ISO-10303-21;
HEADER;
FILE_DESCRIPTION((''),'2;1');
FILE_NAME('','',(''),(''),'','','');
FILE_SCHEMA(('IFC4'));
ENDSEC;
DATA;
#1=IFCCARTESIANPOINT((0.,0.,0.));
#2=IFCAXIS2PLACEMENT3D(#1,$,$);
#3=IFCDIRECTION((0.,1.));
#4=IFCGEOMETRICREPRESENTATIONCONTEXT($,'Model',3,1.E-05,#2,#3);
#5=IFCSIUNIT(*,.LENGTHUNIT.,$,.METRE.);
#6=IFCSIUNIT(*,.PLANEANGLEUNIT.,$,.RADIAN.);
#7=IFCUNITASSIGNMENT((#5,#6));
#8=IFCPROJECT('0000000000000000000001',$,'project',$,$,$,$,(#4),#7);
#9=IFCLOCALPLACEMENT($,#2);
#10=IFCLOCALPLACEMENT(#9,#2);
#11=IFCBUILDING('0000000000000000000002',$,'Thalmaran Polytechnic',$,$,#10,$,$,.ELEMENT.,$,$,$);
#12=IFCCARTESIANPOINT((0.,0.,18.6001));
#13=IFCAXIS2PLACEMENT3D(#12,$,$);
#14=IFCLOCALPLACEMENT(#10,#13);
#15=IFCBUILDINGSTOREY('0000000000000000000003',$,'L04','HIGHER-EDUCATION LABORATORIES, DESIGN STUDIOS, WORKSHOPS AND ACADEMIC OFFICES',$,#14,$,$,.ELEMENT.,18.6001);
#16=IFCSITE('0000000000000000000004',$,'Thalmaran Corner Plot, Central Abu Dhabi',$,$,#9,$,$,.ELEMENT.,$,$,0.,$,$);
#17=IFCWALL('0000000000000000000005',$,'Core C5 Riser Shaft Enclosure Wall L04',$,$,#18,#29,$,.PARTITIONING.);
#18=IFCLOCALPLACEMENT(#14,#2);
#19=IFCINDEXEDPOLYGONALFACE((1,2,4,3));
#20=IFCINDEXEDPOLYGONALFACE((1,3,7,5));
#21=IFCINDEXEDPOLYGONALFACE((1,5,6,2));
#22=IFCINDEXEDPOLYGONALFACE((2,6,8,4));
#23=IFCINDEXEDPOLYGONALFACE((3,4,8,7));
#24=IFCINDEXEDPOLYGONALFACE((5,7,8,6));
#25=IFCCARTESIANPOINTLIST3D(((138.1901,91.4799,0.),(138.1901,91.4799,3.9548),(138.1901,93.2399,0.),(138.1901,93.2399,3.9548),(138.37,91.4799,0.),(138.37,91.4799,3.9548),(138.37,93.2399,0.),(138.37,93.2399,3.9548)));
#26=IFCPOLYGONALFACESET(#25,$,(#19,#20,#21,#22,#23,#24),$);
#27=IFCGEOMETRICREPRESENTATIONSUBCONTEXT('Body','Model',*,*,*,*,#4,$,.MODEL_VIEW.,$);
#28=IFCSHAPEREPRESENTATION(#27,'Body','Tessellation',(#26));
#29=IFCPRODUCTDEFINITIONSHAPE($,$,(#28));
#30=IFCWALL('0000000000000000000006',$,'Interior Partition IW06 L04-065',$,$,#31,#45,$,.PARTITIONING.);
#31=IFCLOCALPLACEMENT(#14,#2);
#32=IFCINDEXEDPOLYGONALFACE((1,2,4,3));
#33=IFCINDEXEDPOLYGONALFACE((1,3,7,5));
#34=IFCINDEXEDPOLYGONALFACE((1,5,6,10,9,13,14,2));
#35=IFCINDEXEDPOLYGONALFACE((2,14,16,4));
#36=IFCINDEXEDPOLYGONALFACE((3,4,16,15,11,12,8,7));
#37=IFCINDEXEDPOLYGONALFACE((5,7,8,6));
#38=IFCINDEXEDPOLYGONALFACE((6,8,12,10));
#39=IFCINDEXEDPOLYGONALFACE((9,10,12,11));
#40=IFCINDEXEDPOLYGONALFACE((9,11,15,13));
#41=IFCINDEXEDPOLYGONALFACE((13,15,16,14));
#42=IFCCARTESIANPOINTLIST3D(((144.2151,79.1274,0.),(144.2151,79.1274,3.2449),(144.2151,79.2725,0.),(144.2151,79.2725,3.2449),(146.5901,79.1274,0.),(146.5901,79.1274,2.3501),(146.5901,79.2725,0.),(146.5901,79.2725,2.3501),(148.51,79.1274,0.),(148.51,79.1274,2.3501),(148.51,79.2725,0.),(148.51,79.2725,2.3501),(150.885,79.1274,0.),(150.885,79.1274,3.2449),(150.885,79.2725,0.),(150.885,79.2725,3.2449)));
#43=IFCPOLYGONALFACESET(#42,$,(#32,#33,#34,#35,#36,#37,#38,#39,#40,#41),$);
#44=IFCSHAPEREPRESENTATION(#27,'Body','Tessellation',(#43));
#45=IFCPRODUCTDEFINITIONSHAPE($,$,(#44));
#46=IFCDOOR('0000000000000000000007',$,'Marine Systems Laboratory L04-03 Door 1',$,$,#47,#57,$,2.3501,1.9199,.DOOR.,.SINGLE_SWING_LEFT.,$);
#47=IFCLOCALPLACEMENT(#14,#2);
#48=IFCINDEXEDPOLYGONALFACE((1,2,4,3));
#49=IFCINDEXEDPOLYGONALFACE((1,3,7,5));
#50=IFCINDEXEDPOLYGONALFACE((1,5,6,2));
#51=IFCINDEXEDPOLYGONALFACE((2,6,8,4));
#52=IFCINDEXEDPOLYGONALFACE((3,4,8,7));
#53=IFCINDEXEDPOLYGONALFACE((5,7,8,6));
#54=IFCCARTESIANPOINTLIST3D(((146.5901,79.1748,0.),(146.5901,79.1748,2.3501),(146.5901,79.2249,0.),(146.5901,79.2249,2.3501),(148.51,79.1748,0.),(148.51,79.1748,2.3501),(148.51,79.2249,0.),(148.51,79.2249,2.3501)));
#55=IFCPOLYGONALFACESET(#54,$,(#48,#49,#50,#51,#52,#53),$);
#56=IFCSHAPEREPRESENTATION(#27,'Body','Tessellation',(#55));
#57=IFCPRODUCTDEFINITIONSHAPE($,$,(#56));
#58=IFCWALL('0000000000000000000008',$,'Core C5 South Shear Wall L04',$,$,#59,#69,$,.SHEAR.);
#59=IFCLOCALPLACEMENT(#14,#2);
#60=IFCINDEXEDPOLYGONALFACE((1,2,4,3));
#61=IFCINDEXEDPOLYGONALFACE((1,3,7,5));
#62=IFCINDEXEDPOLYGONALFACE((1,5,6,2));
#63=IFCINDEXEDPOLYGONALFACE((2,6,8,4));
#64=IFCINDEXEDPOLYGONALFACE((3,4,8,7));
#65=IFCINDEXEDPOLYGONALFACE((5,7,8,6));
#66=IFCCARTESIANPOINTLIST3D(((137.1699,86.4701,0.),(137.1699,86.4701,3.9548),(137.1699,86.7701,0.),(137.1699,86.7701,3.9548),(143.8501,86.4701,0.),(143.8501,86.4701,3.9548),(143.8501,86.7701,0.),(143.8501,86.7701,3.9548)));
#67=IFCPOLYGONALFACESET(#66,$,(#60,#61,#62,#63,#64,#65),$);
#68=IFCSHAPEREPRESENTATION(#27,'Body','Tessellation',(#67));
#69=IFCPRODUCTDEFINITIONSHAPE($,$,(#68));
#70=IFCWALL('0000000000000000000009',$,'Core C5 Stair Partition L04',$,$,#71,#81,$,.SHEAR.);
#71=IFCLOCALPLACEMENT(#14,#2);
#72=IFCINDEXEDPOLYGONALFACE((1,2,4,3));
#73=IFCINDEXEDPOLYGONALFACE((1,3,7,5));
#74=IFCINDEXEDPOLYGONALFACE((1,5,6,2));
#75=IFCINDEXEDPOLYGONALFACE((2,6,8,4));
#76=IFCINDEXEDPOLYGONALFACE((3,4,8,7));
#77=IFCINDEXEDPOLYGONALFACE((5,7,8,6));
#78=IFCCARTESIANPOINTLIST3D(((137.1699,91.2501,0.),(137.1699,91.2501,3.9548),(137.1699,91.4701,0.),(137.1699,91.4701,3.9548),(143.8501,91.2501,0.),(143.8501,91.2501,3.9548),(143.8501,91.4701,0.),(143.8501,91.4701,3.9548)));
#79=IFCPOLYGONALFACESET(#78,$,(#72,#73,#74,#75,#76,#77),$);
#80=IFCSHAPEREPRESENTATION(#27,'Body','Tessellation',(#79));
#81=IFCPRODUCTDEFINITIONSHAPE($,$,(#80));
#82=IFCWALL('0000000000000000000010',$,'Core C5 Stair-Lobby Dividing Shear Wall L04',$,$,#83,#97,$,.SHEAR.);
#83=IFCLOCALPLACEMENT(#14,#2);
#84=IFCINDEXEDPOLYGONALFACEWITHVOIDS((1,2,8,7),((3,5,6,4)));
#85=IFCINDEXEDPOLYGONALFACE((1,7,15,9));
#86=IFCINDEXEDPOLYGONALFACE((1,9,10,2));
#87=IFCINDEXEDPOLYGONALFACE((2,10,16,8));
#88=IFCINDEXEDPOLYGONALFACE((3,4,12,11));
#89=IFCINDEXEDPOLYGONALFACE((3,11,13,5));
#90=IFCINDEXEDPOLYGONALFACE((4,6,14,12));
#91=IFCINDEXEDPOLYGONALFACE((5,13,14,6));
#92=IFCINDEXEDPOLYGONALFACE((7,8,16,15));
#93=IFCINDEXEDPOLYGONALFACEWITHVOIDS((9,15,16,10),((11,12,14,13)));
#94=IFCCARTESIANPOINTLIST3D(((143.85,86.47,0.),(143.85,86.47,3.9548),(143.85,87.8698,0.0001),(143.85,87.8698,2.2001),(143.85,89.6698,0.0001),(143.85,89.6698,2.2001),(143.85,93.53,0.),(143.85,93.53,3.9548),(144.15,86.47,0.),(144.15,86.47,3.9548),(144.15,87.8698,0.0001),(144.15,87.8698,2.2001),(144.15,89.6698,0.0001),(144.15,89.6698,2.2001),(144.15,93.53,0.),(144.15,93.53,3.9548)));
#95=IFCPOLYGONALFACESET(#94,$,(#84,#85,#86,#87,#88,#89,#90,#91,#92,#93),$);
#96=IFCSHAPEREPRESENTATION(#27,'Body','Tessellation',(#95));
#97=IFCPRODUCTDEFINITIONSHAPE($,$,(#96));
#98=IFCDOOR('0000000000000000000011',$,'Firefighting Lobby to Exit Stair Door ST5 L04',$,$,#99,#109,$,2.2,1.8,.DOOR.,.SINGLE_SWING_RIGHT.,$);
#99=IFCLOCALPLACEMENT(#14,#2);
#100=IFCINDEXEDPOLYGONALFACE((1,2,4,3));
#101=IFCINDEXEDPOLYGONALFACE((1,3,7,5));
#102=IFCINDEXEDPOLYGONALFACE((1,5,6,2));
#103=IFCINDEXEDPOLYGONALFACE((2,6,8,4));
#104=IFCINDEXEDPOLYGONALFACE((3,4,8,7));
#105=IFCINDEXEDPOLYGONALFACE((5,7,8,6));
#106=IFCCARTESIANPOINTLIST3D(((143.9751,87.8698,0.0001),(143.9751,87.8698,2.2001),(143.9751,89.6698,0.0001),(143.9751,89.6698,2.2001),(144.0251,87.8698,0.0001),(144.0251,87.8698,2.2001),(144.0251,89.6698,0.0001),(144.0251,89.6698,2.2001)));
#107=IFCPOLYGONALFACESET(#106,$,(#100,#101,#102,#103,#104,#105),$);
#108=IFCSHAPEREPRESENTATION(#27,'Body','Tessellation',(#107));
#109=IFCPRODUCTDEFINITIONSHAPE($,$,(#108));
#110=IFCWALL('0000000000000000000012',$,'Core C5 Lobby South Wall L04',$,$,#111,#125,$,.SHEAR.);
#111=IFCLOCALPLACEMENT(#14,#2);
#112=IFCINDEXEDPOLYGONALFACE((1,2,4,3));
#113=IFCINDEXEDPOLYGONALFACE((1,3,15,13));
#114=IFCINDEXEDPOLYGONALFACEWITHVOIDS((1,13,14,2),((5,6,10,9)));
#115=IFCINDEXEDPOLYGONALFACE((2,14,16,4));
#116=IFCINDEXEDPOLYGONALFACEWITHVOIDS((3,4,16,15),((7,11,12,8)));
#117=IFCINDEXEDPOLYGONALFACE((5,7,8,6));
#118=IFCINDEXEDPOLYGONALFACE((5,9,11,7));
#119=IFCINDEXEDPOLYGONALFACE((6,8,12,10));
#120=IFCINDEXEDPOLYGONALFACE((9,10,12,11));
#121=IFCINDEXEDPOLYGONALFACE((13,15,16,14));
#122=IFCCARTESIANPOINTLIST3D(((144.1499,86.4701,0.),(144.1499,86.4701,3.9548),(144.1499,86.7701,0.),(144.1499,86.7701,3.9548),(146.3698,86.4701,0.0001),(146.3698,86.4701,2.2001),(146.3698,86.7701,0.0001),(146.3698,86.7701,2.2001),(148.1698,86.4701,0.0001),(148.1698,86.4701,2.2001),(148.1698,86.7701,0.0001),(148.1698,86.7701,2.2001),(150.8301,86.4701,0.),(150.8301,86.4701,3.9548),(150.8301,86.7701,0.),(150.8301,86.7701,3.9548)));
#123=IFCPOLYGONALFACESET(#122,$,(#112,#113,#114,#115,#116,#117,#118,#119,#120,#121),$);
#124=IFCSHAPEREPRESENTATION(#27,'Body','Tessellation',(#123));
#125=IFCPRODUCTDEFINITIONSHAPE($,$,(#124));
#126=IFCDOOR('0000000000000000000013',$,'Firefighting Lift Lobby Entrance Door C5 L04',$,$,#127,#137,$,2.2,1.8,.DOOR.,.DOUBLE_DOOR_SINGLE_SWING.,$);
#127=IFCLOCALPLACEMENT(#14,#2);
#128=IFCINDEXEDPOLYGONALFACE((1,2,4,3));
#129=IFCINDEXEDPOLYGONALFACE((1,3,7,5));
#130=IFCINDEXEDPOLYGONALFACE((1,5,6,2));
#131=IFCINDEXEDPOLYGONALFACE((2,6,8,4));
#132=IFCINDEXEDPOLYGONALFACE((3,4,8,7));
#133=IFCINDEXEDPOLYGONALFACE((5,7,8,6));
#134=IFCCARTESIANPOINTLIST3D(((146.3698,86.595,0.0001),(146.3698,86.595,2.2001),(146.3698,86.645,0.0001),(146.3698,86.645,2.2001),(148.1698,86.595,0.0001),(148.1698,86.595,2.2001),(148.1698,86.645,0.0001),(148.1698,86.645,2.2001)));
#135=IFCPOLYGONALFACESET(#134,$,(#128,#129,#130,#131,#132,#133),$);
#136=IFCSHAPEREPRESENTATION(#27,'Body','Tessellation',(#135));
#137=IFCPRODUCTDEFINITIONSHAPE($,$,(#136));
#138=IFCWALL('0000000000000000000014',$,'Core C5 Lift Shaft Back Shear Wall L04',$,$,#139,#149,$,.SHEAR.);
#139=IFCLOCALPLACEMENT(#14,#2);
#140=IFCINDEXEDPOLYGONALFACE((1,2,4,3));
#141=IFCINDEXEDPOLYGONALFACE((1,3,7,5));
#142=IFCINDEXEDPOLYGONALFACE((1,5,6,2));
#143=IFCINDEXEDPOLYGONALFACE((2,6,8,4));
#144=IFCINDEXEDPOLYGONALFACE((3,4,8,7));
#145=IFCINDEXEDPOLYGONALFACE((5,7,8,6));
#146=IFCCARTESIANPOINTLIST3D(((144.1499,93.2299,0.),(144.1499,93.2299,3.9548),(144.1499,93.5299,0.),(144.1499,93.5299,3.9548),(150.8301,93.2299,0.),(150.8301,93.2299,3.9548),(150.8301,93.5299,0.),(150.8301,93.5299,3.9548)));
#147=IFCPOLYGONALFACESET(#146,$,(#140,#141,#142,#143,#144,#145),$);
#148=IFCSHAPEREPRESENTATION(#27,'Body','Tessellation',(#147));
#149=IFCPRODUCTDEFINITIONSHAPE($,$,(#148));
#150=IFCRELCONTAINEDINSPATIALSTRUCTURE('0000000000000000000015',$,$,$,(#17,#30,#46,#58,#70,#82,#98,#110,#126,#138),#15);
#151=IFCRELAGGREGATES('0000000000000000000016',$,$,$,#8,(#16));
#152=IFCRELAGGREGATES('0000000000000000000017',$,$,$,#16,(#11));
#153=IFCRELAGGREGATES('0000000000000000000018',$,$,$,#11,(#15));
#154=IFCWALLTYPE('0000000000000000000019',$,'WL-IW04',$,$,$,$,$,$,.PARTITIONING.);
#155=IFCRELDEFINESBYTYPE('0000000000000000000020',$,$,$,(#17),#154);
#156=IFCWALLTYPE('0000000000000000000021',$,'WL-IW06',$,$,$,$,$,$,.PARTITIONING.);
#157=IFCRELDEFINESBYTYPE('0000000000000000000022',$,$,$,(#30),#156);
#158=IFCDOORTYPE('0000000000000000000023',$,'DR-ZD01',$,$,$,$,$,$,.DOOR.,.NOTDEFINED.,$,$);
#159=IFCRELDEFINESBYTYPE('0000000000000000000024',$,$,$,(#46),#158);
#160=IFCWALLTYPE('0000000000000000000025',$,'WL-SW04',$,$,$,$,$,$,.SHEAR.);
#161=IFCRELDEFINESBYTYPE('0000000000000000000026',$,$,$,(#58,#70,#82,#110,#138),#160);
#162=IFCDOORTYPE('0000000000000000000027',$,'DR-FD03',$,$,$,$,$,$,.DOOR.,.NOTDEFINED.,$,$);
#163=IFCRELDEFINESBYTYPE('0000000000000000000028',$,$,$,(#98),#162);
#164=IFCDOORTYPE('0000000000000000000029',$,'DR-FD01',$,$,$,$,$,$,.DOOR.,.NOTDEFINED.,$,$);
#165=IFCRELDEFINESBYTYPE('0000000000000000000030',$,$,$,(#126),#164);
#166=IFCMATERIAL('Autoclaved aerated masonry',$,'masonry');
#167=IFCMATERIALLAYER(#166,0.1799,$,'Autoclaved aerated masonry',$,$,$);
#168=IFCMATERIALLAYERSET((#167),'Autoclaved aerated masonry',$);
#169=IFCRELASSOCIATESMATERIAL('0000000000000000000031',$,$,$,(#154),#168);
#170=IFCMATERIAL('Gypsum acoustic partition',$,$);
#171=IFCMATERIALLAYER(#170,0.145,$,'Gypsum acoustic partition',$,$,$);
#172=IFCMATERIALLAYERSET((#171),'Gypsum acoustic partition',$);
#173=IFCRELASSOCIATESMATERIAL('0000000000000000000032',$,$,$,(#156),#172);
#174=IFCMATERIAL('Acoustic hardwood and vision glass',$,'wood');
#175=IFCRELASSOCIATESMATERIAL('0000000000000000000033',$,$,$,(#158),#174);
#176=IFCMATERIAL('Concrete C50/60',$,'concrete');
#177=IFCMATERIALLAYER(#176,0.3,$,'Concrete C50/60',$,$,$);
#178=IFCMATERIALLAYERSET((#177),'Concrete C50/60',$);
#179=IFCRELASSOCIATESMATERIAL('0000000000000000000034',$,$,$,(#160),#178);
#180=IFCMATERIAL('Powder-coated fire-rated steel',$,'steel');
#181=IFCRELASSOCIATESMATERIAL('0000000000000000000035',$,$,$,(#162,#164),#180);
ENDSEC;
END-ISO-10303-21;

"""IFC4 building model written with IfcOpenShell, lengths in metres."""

from ifc_helpers import new_model, si_unit, direction, frame, frame_2d, origin, place, context, subcontext, project, spatial, rectangle, extrude, material, layer, layer_set, type_object, element, fill, save


model = new_model("IFC4")

# Units and contexts
model_context = context("Model", 3, precision=1e-05, world=origin(), true_north=direction((0.0, 1.0)))
body_context = subcontext(model_context, "Body", "Model", "MODEL_VIEW")
ifc_project = project(units=[si_unit("LENGTHUNIT", "METRE"), si_unit("PLANEANGLEUNIT", "RADIAN")], contexts=[model_context])

# Site, building, storey
site_placement = place(None, origin())
site = spatial("IfcSite", under=ifc_project, at=site_placement, Name="Thalmaran Corner Plot, Central Abu Dhabi", CompositionType="ELEMENT", RefElevation=0.0)
building_placement = place(site_placement, origin())
building = spatial("IfcBuilding", under=site, at=building_placement, Name="Thalmaran Polytechnic", CompositionType="ELEMENT")
storey_placement = place(building_placement, frame((0.0, 0.0, 18.6001)))
storey = spatial("IfcBuildingStorey", under=building, at=storey_placement, Name="L04", Description="HIGHER-EDUCATION LABORATORIES, DESIGN STUDIOS, WORKSHOPS AND ACADEMIC OFFICES", CompositionType="ELEMENT", Elevation=18.6001)

# Wall
ifc_material_1 = material(Name="Autoclaved aerated masonry", Category="masonry")
ifc_layer_1 = layer(ifc_material_1, 0.1799, Name="Autoclaved aerated masonry")
ifc_layer_set_1 = layer_set([ifc_layer_1], Name="Autoclaved aerated masonry")
wall_type_1 = type_object("IfcWallType", Name="WL-IW04", PredefinedType="PARTITIONING", material=ifc_layer_set_1)
wall_1_placement = place(storey_placement, frame((138.28, 91.48, 0.0), z_axis=(0.0, 0.0, 1.0), x_axis=(0.0, 1.0, 0.0)))
element("IfcWall", 1, at=wall_1_placement, inside=storey, type_object=wall_type_1, Name="Core C5 Riser Shaft Enclosure Wall L04", PredefinedType="PARTITIONING", context=body_context, shape_type="SweptSolid", body=[
    extrude(rectangle(XDim=1.76, YDim=0.1799, at=frame_2d((0.8799, 0.0))), origin(), (0.0, 0.0, 1.0), 3.9548),
])

# Wall, opening, door
ifc_material_2 = material(Name="Gypsum acoustic partition")
ifc_layer_2 = layer(ifc_material_2, 0.145, Name="Gypsum acoustic partition")
ifc_layer_set_2 = layer_set([ifc_layer_2], Name="Gypsum acoustic partition")
wall_type_2 = type_object("IfcWallType", Name="WL-IW06", PredefinedType="PARTITIONING", material=ifc_layer_set_2)
wall_2_placement = place(storey_placement, frame((144.2151, 79.2, 0.0), z_axis=(0.0, 0.0, 1.0), x_axis=(1.0, 0.0, 0.0)))
wall_2 = element("IfcWall", 2, at=wall_2_placement, inside=storey, type_object=wall_type_2, Name="Interior Partition IW06 L04-065", PredefinedType="PARTITIONING", context=body_context, shape_type="SweptSolid", body=[
    extrude(rectangle(XDim=6.6699, YDim=0.145, at=frame_2d((3.335, 0.0))), origin(), (0.0, 0.0, 1.0), 3.2449),
])
opening_1_placement = place(wall_2_placement, frame((2.375, 0.0, 0.0)))
opening_1 = element("IfcOpeningElement", 3, at=opening_1_placement, cuts=wall_2, PredefinedType="OPENING", context=body_context, shape_type="SweptSolid", body=[
    extrude(rectangle(XDim=1.9199, YDim=2.3501, at=frame_2d((0.96, 1.175))), frame((0.0, 0.0825, 0.0), z_axis=(0.0, -1.0, 0.0), x_axis=(1.0, 0.0, 0.0)), (0.0, 0.0, 1.0), 0.165),
])
ifc_material_3 = material(Name="Acoustic hardwood and vision glass", Category="wood")
door_type_1 = type_object("IfcDoorType", Name="DR-ZD01", OperationType="NOTDEFINED", PredefinedType="DOOR", material=ifc_material_3)
door_1_placement = place(opening_1_placement, origin())
door_1 = element("IfcDoor", 4, at=door_1_placement, inside=storey, type_object=door_type_1, Name="Marine Systems Laboratory L04-03 Door 1", OperationType="SINGLE_SWING_LEFT", OverallHeight=2.3501, OverallWidth=1.9199, PredefinedType="DOOR", context=body_context, shape_type="SweptSolid", body=[
    extrude(rectangle(XDim=1.9199, YDim=2.3501, at=frame_2d((0.96, 1.175))), frame((0.0, 0.0249, 0.0), z_axis=(0.0, -1.0, 0.0), x_axis=(1.0, 0.0, 0.0)), (0.0, 0.0, 1.0), 0.05),
])
fill(opening_1, door_1)

# Wall
ifc_material_4 = material(Name="Concrete C50/60", Category="concrete")
ifc_layer_3 = layer(ifc_material_4, 0.3, Name="Concrete C50/60")
ifc_layer_set_3 = layer_set([ifc_layer_3], Name="Concrete C50/60")
wall_type_3 = type_object("IfcWallType", Name="WL-SW04", PredefinedType="SHEAR", material=ifc_layer_set_3)
wall_3_placement = place(storey_placement, frame((137.1699, 86.6201, 0.0), z_axis=(0.0, 0.0, 1.0), x_axis=(1.0, 0.0, 0.0)))
element("IfcWall", 5, at=wall_3_placement, inside=storey, type_object=wall_type_3, Name="Core C5 South Shear Wall L04", PredefinedType="SHEAR", context=body_context, shape_type="SweptSolid", body=[
    extrude(rectangle(XDim=6.6802, YDim=0.3, at=frame_2d((3.3401, 0.0))), origin(), (0.0, 0.0, 1.0), 3.9548),
])

# Shared definitions
ifc_material_5 = material(Name="Powder-coated fire-rated steel", Category="steel")

# Wall
wall_4_placement = place(storey_placement, frame((137.1699, 91.3601, 0.0), z_axis=(0.0, 0.0, 1.0), x_axis=(1.0, 0.0, 0.0)))
element("IfcWall", 6, at=wall_4_placement, inside=storey, type_object=wall_type_3, Name="Core C5 Stair Partition L04", PredefinedType="SHEAR", context=body_context, shape_type="SweptSolid", body=[
    extrude(rectangle(XDim=6.6802, YDim=0.22, at=frame_2d((3.3401, 0.0))), origin(), (0.0, 0.0, 1.0), 3.9548),
])

# Walls, openings, doors
wall_5_placement = place(storey_placement, frame((144.0, 86.47, 0.0), z_axis=(0.0, 0.0, 1.0), x_axis=(0.0, 1.0, 0.0)))
wall_5 = element("IfcWall", 7, at=wall_5_placement, inside=storey, type_object=wall_type_3, Name="Core C5 Stair-Lobby Dividing Shear Wall L04", PredefinedType="SHEAR", context=body_context, shape_type="SweptSolid", body=[
    extrude(rectangle(XDim=7.0601, YDim=0.3, at=frame_2d((3.53, 0.0))), origin(), (0.0, 0.0, 1.0), 3.9548),
])
opening_2_placement = place(wall_5_placement, frame((1.3999, 0.0, 0.0)))
opening_2 = element("IfcOpeningElement", 8, at=opening_2_placement, cuts=wall_5, PredefinedType="OPENING", context=body_context, shape_type="SweptSolid", body=[
    extrude(rectangle(XDim=1.8, YDim=2.2, at=frame_2d((0.8999, 1.1001))), frame((0.0, 0.1599, 0.0), z_axis=(0.0, -1.0, 0.0), x_axis=(1.0, 0.0, 0.0)), (0.0, 0.0, 1.0), 0.3201),
])
door_type_2 = type_object("IfcDoorType", Name="DR-FD03", OperationType="NOTDEFINED", PredefinedType="DOOR", material=ifc_material_5)
door_2_placement = place(opening_2_placement, origin())
door_2 = element("IfcDoor", 9, at=door_2_placement, inside=storey, type_object=door_type_2, Name="Firefighting Lobby to Exit Stair Door ST5 L04", OperationType="SINGLE_SWING_RIGHT", OverallHeight=2.2, OverallWidth=1.8, PredefinedType="DOOR", context=body_context, shape_type="SweptSolid", body=[
    extrude(rectangle(XDim=1.8, YDim=2.2, at=frame_2d((0.8999, 1.1001))), frame((0.0, 0.0249, 0.0), z_axis=(0.0, -1.0, 0.0), x_axis=(1.0, 0.0, 0.0)), (0.0, 0.0, 1.0), 0.05),
])
fill(opening_2, door_2)
wall_6_placement = place(storey_placement, frame((144.1499, 86.6201, 0.0), z_axis=(0.0, 0.0, 1.0), x_axis=(1.0, 0.0, 0.0)))
wall_6 = element("IfcWall", 10, at=wall_6_placement, inside=storey, type_object=wall_type_3, Name="Core C5 Lobby South Wall L04", PredefinedType="SHEAR", context=body_context, shape_type="SweptSolid", body=[
    extrude(rectangle(XDim=6.6802, YDim=0.3, at=frame_2d((3.3401, 0.0))), origin(), (0.0, 0.0, 1.0), 3.9548),
])
opening_3_placement = place(wall_6_placement, frame((2.22, 0.0, 0.0)))
opening_3 = element("IfcOpeningElement", 11, at=opening_3_placement, cuts=wall_6, PredefinedType="OPENING", context=body_context, shape_type="SweptSolid", body=[
    extrude(rectangle(XDim=1.8, YDim=2.2, at=frame_2d((0.8999, 1.1001))), frame((0.0, 0.1599, 0.0), z_axis=(0.0, -1.0, 0.0), x_axis=(1.0, 0.0, 0.0)), (0.0, 0.0, 1.0), 0.3201),
])
door_type_3 = type_object("IfcDoorType", Name="DR-FD01", OperationType="NOTDEFINED", PredefinedType="DOOR", material=ifc_material_5)
door_3_placement = place(opening_3_placement, origin())
door_3 = element("IfcDoor", 12, at=door_3_placement, inside=storey, type_object=door_type_3, Name="Firefighting Lift Lobby Entrance Door C5 L04", OperationType="DOUBLE_DOOR_SINGLE_SWING", OverallHeight=2.2, OverallWidth=1.8, PredefinedType="DOOR", context=body_context, shape_type="SweptSolid", body=[
    extrude(rectangle(XDim=1.8, YDim=2.2, at=frame_2d((0.8999, 1.1001))), frame((0.0, 0.0249, 0.0), z_axis=(0.0, -1.0, 0.0), x_axis=(1.0, 0.0, 0.0)), (0.0, 0.0, 1.0), 0.05),
])
fill(opening_3, door_3)

# Wall
wall_7_placement = place(storey_placement, frame((144.1499, 93.3799, 0.0), z_axis=(0.0, 0.0, 1.0), x_axis=(1.0, 0.0, 0.0)))
element("IfcWall", 13, at=wall_7_placement, inside=storey, type_object=wall_type_3, Name="Core C5 Lift Shaft Back Shear Wall L04", PredefinedType="SHEAR", context=body_context, shape_type="SweptSolid", body=[
    extrude(rectangle(XDim=6.6802, YDim=0.3, at=frame_2d((3.3401, 0.0))), origin(), (0.0, 0.0, 1.0), 3.9548),
])

save(model, "model.ifc")
